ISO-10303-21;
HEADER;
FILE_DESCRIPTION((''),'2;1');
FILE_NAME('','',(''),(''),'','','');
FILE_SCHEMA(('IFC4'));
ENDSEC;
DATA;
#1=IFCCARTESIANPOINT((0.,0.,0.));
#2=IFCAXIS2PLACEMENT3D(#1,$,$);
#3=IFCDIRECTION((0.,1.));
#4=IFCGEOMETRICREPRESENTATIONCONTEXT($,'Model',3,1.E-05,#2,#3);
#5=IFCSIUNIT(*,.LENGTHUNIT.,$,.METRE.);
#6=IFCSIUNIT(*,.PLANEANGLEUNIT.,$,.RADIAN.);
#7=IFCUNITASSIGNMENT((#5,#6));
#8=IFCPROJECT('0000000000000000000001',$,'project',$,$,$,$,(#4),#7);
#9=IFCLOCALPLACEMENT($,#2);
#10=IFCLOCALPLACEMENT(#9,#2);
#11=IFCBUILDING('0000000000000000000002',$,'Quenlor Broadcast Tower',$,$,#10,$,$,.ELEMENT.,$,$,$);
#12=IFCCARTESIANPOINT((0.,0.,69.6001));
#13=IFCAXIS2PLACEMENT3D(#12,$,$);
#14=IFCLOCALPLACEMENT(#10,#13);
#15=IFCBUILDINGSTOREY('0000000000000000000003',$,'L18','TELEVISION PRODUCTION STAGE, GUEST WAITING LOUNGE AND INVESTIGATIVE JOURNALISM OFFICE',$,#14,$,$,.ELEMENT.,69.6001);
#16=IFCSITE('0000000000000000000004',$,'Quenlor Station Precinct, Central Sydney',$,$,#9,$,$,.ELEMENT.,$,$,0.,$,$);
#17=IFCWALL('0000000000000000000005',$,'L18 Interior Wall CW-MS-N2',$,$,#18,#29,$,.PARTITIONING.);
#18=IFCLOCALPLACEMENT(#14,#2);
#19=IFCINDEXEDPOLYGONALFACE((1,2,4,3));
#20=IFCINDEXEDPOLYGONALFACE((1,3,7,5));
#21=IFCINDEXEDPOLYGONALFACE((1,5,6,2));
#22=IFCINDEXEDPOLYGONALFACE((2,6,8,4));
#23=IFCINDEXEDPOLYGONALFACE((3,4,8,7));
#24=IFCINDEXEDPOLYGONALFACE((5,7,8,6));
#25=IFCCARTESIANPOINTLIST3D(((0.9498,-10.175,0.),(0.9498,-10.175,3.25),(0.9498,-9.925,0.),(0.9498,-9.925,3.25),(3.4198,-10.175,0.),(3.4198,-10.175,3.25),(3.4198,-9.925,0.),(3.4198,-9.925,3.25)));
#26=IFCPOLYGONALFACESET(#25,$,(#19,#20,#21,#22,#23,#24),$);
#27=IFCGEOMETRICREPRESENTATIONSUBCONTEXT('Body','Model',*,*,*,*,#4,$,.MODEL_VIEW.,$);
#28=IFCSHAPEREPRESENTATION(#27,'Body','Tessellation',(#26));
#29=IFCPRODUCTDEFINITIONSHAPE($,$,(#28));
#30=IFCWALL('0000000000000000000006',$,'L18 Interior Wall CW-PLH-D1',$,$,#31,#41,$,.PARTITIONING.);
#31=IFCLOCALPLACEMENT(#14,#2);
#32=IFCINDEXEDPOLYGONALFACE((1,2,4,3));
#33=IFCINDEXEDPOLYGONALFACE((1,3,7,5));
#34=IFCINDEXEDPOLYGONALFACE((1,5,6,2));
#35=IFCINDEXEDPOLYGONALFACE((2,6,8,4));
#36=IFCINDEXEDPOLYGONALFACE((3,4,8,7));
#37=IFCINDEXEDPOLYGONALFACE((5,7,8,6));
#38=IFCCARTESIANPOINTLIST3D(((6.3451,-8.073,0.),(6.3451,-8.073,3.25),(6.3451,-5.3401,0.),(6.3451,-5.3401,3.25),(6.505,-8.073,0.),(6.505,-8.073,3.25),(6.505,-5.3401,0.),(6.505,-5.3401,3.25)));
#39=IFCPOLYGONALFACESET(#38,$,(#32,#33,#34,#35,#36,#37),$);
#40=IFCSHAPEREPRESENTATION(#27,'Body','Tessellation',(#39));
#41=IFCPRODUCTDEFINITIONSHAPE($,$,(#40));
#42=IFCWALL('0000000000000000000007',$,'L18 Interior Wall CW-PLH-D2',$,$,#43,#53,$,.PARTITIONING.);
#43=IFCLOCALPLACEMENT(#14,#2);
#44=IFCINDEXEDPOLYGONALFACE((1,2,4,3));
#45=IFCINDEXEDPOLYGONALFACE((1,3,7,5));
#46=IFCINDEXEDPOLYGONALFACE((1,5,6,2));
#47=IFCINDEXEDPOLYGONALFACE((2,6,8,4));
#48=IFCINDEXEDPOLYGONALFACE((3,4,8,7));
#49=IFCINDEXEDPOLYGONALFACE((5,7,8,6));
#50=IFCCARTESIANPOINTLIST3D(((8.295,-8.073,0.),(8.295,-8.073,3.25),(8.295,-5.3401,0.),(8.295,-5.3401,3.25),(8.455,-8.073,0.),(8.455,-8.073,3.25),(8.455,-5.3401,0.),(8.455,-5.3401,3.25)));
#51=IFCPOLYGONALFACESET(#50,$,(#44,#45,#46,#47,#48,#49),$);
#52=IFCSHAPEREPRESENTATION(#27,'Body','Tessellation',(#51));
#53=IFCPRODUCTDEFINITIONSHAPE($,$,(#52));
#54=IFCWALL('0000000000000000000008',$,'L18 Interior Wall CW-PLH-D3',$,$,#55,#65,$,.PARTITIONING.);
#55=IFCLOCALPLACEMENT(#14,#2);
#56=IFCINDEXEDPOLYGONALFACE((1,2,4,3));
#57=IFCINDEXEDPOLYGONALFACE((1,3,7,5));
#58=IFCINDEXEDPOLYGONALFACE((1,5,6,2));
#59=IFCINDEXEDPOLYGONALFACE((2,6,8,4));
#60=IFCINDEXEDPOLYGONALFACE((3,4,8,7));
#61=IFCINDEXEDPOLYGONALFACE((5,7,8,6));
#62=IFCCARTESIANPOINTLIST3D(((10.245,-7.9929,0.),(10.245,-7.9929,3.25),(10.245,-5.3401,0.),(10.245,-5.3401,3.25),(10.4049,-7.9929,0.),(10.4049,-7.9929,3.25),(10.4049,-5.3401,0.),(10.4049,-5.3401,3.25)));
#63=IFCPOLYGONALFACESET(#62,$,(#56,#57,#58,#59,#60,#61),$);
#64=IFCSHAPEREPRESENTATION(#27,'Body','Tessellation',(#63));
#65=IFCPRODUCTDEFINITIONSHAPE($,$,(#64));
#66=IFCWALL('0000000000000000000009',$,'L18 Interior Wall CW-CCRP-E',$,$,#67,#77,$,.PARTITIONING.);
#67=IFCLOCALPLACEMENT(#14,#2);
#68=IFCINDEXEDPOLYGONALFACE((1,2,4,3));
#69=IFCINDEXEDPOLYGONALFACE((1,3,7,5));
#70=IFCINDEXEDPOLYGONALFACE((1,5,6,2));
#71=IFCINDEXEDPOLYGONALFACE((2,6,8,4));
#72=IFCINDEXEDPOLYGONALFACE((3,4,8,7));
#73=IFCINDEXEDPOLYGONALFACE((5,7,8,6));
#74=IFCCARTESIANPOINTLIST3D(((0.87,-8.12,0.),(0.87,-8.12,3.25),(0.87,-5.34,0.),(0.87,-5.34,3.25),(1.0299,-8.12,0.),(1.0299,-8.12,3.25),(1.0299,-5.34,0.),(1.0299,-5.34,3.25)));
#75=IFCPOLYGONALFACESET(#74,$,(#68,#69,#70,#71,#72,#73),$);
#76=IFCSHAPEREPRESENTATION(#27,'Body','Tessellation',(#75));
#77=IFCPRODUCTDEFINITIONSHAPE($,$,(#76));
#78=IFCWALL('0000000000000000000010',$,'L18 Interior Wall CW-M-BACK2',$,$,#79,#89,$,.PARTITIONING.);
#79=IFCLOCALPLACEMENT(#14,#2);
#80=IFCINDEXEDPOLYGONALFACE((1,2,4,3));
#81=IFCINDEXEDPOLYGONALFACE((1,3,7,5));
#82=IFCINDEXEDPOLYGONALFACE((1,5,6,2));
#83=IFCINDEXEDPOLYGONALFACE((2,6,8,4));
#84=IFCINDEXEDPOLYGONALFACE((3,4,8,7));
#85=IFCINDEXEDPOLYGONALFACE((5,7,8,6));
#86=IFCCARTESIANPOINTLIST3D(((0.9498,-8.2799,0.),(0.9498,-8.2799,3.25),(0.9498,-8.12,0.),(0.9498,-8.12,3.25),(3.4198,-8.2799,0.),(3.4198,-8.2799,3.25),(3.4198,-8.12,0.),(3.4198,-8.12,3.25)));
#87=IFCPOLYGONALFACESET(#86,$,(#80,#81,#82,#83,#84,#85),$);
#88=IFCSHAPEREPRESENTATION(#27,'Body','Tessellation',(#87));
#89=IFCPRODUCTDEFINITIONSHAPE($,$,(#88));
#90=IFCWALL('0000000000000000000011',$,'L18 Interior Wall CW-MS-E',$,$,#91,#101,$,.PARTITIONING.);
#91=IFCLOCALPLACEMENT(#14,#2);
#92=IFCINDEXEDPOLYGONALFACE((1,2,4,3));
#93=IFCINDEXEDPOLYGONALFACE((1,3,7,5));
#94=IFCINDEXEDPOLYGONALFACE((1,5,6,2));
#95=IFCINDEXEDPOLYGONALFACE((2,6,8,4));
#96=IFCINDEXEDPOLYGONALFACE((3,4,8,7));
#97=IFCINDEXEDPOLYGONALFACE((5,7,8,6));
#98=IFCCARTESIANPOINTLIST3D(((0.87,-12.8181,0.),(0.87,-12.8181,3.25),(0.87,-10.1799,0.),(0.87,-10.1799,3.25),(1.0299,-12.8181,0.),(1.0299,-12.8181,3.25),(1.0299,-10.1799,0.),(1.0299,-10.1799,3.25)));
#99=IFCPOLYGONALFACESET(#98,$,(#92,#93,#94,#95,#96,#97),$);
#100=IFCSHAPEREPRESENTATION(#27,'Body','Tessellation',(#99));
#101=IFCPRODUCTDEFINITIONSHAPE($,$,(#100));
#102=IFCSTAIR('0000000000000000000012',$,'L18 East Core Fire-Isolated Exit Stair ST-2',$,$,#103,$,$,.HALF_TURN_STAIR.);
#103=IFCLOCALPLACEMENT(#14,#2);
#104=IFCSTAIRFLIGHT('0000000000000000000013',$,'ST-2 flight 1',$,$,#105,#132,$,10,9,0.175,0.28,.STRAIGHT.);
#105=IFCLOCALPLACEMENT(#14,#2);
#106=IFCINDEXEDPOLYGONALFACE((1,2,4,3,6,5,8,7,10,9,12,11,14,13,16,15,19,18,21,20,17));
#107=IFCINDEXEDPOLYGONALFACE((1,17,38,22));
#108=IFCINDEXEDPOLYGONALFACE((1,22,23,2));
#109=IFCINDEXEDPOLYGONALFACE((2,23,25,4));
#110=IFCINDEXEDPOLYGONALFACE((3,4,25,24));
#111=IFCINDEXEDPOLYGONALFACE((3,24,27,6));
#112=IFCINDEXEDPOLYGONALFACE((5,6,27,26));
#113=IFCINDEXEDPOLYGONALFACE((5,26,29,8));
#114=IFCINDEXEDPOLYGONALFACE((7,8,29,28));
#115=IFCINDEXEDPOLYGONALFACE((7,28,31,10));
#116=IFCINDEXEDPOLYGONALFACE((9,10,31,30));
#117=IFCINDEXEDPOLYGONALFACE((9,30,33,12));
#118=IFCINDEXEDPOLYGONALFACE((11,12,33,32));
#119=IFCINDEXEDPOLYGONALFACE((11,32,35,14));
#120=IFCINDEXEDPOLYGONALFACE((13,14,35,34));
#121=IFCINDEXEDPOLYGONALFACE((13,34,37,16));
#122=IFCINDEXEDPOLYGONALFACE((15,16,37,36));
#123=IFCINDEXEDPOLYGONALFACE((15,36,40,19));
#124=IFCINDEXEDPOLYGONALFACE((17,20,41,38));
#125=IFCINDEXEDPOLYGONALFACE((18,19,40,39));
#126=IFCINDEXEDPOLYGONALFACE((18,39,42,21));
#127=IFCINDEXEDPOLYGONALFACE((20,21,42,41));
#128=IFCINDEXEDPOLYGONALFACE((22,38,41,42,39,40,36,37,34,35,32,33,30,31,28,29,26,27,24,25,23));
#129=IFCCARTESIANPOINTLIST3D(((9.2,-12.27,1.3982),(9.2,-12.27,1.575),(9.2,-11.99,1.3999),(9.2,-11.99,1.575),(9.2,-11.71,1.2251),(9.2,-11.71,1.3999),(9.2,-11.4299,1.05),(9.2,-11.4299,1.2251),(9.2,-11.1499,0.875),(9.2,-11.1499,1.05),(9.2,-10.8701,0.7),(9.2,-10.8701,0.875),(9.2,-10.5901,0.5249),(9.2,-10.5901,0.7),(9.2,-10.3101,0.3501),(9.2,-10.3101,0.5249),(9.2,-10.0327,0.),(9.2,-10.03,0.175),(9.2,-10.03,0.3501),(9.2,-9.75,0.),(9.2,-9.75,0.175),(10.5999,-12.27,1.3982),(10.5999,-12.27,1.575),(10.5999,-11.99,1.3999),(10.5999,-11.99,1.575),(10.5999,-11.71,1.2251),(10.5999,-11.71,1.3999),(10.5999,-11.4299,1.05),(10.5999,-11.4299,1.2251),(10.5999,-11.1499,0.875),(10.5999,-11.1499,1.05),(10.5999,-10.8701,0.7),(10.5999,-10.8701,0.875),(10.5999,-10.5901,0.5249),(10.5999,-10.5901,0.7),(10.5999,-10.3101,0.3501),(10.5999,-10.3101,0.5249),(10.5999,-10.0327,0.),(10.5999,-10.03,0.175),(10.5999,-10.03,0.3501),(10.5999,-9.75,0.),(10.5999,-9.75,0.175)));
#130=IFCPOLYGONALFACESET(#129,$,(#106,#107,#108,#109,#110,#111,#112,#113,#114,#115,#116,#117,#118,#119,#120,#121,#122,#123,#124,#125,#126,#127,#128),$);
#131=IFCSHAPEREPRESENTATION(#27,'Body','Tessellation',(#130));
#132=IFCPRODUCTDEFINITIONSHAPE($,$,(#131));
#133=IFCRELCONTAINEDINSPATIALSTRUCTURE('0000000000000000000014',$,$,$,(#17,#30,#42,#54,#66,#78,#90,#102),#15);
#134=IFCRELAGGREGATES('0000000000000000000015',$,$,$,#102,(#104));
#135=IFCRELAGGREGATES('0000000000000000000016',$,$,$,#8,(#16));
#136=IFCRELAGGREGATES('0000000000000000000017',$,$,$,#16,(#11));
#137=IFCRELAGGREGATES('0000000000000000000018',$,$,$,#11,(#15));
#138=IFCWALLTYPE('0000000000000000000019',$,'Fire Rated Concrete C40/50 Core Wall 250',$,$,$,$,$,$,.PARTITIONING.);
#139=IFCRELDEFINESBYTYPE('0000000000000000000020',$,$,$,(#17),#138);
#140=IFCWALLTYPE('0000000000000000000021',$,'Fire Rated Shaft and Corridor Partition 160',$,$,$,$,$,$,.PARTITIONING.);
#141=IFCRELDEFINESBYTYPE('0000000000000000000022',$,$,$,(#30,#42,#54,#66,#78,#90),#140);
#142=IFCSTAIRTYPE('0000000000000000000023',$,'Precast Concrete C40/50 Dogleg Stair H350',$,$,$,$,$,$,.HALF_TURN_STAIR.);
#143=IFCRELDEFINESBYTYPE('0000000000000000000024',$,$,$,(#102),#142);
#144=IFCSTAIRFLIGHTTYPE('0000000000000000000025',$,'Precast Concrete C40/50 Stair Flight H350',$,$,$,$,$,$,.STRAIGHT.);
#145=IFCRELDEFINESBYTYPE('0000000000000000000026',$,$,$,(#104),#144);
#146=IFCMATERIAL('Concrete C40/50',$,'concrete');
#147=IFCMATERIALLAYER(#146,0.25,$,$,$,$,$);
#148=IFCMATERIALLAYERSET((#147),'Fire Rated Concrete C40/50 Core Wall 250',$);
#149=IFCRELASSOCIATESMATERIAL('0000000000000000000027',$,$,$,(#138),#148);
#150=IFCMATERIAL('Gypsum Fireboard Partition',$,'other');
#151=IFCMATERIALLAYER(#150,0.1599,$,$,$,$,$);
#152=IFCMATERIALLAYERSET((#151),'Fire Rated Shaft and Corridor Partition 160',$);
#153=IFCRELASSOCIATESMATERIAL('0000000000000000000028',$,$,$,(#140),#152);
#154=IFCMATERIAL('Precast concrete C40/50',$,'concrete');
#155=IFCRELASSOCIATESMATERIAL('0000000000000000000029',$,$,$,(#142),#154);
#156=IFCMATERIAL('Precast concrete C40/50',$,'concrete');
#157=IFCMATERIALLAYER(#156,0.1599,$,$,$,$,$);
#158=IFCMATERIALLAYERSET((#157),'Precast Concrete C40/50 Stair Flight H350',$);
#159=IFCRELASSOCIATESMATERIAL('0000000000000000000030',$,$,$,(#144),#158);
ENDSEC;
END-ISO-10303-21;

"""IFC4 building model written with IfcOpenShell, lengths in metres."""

from ifc_helpers import new_model, si_unit, direction, frame, frame_2d, origin, place, context, subcontext, project, spatial, polyline, rectangle, outline, extrude, material, layer, layer_set, type_object, element, aggregate, save


model = new_model("IFC4")

# Units and contexts
model_context = context("Model", 3, precision=1e-05, world=origin(), true_north=direction((0.0, 1.0)))
body_context = subcontext(model_context, "Body", "Model", "MODEL_VIEW")
ifc_project = project(units=[si_unit("LENGTHUNIT", "METRE"), si_unit("PLANEANGLEUNIT", "RADIAN")], contexts=[model_context])

# Site, building, storey
site_placement = place(None, origin())
site = spatial("IfcSite", under=ifc_project, at=site_placement, Name="Quenlor Station Precinct, Central Sydney", CompositionType="ELEMENT", RefElevation=0.0)
building_placement = place(site_placement, origin())
building = spatial("IfcBuilding", under=site, at=building_placement, Name="Quenlor Broadcast Tower", CompositionType="ELEMENT")
storey_placement = place(building_placement, frame((0.0, 0.0, 69.6001)))
storey = spatial("IfcBuildingStorey", under=building, at=storey_placement, Name="L18", Description="TELEVISION PRODUCTION STAGE, GUEST WAITING LOUNGE AND INVESTIGATIVE JOURNALISM OFFICE", CompositionType="ELEMENT", Elevation=69.6001)

# Shared definitions
ifc_material_1 = material(Name="Concrete C40/50", Category="concrete")
ifc_layer_1 = layer(ifc_material_1, 0.25)
ifc_layer_set_1 = layer_set([ifc_layer_1], Name="Fire Rated Concrete C40/50 Core Wall 250")
wall_type_1 = type_object("IfcWallType", Name="Fire Rated Concrete C40/50 Core Wall 250", PredefinedType="PARTITIONING", material=ifc_layer_set_1)

# Walls
wall_1_placement = place(storey_placement, frame((0.95, -10.05, 0.0), z_axis=(0.0, 0.0, 1.0), x_axis=(1.0, 0.0, 0.0)))
element("IfcWall", 1, at=wall_1_placement, inside=storey, type_object=wall_type_1, Name="L18 Interior Wall CW-MS-N2", PredefinedType="PARTITIONING", context=body_context, shape_type="SweptSolid", body=[
    extrude(rectangle(XDim=2.47, YDim=0.25, at=frame_2d((1.2349, 0.0))), origin(), (0.0, 0.0, 1.0), 3.25),
])
ifc_material_2 = material(Name="Gypsum Fireboard Partition", Category="other")
ifc_layer_2 = layer(ifc_material_2, 0.1599)
ifc_layer_set_2 = layer_set([ifc_layer_2], Name="Fire Rated Shaft and Corridor Partition 160")
wall_type_2 = type_object("IfcWallType", Name="Fire Rated Shaft and Corridor Partition 160", PredefinedType="PARTITIONING", material=ifc_layer_set_2)
for number, where, z_axis, x_axis, name in (
    (2, (6.425, -8.073, 0.0), (0.0, 0.0, 1.0), (0.0, 1.0, 0.0), "L18 Interior Wall CW-PLH-D1"),
    (3, (8.375, -8.073, 0.0), (0.0, 0.0, 1.0), (0.0, 1.0, 0.0), "L18 Interior Wall CW-PLH-D2"),
):
    element("IfcWall", number, at=place(storey_placement, frame(where, z_axis=z_axis, x_axis=x_axis)), inside=storey, type_object=wall_type_2, Name=name, PredefinedType="PARTITIONING", context=body_context, shape_type="SweptSolid", body=[
        extrude(rectangle(XDim=2.7329, YDim=0.1599, at=frame_2d((1.3665, 0.0))), origin(), (0.0, 0.0, 1.0), 3.25),
    ])
wall_2_placement = place(storey_placement, frame((10.325, -7.9929, 0.0), z_axis=(0.0, 0.0, 1.0), x_axis=(0.0, 1.0, 0.0)))
element("IfcWall", 4, at=wall_2_placement, inside=storey, type_object=wall_type_2, Name="L18 Interior Wall CW-PLH-D3", PredefinedType="PARTITIONING", context=body_context, shape_type="SweptSolid", body=[
    extrude(rectangle(XDim=2.6528, YDim=0.1599, at=frame_2d((1.3264, 0.0))), origin(), (0.0, 0.0, 1.0), 3.25),
])
wall_3_placement = place(storey_placement, frame((0.95, -8.1201, 0.0), z_axis=(0.0, 0.0, 1.0), x_axis=(0.0, 1.0, 0.0)))
element("IfcWall", 5, at=wall_3_placement, inside=storey, type_object=wall_type_2, Name="L18 Interior Wall CW-CCRP-E", PredefinedType="PARTITIONING", context=body_context, shape_type="SweptSolid", body=[
    extrude(rectangle(XDim=2.78, YDim=0.1599, at=frame_2d((1.3901, 0.0))), origin(), (0.0, 0.0, 1.0), 3.25),
])
wall_4_placement = place(storey_placement, frame((0.95, -8.2, 0.0), z_axis=(0.0, 0.0, 1.0), x_axis=(1.0, 0.0, 0.0)))
element("IfcWall", 6, at=wall_4_placement, inside=storey, type_object=wall_type_2, Name="L18 Interior Wall CW-M-BACK2", PredefinedType="PARTITIONING", context=body_context, shape_type="SweptSolid", body=[
    extrude(rectangle(XDim=2.47, YDim=0.1599, at=frame_2d((1.2349, 0.0))), origin(), (0.0, 0.0, 1.0), 3.25),
])
wall_5_placement = place(storey_placement, frame((0.95, -12.8181, 0.0), z_axis=(0.0, 0.0, 1.0), x_axis=(0.0, 1.0, 0.0)))
element("IfcWall", 7, at=wall_5_placement, inside=storey, type_object=wall_type_2, Name="L18 Interior Wall CW-MS-E", PredefinedType="PARTITIONING", context=body_context, shape_type="SweptSolid", body=[
    extrude(rectangle(XDim=2.6382, YDim=0.1599, at=frame_2d((1.3191, 0.0))), origin(), (0.0, 0.0, 1.0), 3.25),
])

# Stair, stair flight
ifc_material_3 = material(Name="Precast concrete C40/50", Category="concrete")
stair_type = type_object("IfcStairType", Name="Precast Concrete C40/50 Dogleg Stair H350", PredefinedType="HALF_TURN_STAIR", material=ifc_material_3)
stair_placement = place(storey_placement, origin())
stair = element("IfcStair", 8, at=stair_placement, inside=storey, type_object=stair_type, Name="L18 East Core Fire-Isolated Exit Stair ST-2", PredefinedType="HALF_TURN_STAIR")
ifc_material_4 = material(Name="Precast concrete C40/50", Category="concrete")
ifc_layer_3 = layer(ifc_material_4, 0.1599)
ifc_layer_set_3 = layer_set([ifc_layer_3], Name="Precast Concrete C40/50 Stair Flight H350")
stair_flight_type = type_object("IfcStairFlightType", Name="Precast Concrete C40/50 Stair Flight H350", PredefinedType="STRAIGHT", material=ifc_layer_set_3)
stair_flight_placement = place(storey_placement, frame((9.8999, -9.75, 0.0), z_axis=(0.0, 0.0, 1.0), x_axis=(0.0, -1.0, 0.0)))
stair_flight = element("IfcStairFlight", 9, at=stair_flight_placement, type_object=stair_flight_type, Name="ST-2 flight 1", NumberOfRisers=10, NumberOfTreads=9, PredefinedType="STRAIGHT", RiserHeight=0.175, TreadLength=0.28, context=body_context, shape_type="SweptSolid", body=[
    extrude(outline(polyline([(0.0, 0.0), (0.0, 0.175), (0.28, 0.175), (0.28, 0.3501), (0.5601, 0.3501), (0.5601, 0.5249), (0.8401, 0.5249), (0.8401, 0.7), (1.1201, 0.7), (1.1201, 0.875), (1.3999, 0.875), (1.3999, 1.05), (1.6799, 1.05), (1.6799, 1.2251), (1.96, 1.2251), (1.96, 1.3999), (2.24, 1.3999), (2.24, 1.575), (2.52, 1.575), (2.52, 1.75), (2.52, 1.3982), (0.2827, 0.0), (0.0, 0.0)])), frame((0.0, 0.7, 0.0), z_axis=(0.0, -1.0, 0.0), x_axis=(1.0, 0.0, 0.0)), (0.0, 0.0, 1.0), 1.3999),
])
aggregate(stair, [stair_flight])

save(model, "model.ifc")
